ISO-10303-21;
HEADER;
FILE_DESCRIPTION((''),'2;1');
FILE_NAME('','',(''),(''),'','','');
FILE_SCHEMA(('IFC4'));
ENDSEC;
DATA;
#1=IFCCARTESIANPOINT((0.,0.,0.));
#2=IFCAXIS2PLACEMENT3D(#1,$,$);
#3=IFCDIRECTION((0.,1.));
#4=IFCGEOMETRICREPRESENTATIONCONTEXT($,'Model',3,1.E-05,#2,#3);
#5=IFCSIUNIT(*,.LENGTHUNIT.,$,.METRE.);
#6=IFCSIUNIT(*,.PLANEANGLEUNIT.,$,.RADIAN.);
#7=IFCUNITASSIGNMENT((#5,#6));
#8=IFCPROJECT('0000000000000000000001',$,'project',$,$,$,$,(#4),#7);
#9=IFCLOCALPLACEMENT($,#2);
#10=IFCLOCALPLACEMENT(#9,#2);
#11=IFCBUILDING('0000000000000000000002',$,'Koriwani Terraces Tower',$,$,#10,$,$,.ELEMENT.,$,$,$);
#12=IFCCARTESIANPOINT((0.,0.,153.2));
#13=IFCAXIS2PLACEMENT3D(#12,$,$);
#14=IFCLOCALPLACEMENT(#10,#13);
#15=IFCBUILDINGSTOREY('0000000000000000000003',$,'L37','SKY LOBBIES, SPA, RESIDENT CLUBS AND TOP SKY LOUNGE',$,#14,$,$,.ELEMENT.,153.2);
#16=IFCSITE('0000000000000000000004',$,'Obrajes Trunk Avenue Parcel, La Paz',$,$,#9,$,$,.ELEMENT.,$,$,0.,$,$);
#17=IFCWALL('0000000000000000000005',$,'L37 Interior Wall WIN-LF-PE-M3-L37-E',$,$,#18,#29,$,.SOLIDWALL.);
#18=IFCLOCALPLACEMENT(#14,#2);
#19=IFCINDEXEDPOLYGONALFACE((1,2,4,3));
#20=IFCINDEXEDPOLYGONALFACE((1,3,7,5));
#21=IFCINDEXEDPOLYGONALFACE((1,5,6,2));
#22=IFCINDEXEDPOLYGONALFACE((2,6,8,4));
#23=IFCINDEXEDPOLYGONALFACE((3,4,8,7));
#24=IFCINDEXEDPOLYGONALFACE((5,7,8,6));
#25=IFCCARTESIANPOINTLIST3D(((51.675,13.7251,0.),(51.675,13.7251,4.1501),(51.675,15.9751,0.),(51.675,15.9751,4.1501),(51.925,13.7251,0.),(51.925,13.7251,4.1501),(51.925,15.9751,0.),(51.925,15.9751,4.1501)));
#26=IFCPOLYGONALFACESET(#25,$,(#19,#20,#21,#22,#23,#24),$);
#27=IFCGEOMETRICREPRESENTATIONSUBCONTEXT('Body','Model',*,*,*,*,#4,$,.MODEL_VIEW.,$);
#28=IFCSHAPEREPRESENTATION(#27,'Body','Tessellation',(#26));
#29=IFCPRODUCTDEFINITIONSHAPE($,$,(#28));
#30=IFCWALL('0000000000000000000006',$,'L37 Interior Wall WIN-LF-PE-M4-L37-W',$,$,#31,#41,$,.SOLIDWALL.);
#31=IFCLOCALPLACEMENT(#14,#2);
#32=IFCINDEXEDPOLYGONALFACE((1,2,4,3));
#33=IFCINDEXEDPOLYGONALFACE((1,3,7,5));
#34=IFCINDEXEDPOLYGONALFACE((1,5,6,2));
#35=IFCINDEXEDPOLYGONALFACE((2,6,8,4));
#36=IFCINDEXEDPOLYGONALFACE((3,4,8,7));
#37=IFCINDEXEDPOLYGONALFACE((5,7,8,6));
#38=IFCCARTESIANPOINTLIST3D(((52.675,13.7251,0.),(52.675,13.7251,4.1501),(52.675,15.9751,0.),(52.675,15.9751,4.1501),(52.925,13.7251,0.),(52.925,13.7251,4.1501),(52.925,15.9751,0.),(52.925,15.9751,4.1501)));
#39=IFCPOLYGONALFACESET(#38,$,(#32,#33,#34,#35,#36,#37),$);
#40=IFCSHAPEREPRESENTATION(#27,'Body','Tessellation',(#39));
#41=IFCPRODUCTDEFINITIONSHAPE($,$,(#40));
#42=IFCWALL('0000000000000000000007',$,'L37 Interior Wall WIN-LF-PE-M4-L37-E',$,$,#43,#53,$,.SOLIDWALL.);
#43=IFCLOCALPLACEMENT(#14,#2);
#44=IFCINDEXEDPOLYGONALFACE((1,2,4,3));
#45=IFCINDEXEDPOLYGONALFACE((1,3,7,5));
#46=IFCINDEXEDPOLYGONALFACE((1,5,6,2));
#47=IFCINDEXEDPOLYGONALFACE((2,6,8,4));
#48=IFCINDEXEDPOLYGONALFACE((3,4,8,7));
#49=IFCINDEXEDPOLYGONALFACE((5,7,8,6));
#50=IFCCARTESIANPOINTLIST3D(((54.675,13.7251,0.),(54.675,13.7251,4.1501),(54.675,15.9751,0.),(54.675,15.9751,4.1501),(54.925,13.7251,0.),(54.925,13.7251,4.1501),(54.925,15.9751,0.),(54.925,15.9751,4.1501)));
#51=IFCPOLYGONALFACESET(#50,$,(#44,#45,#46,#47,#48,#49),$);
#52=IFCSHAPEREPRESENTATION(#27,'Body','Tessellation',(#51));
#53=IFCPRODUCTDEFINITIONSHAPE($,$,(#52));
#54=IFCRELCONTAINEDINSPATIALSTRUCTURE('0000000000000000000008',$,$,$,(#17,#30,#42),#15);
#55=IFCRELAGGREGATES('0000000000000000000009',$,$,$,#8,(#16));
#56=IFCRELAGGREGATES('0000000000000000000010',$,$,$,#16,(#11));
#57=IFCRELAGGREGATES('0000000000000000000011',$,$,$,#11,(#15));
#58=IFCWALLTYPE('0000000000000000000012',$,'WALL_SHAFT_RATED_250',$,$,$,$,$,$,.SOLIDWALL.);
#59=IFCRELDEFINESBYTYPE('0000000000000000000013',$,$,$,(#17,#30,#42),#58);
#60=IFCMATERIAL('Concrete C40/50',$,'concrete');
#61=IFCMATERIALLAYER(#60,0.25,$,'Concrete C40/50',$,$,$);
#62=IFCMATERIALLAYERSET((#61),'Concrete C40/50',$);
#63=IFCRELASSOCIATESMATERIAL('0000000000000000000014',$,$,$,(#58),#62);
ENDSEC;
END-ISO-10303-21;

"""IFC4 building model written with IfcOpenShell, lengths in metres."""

from ifc_helpers import new_model, si_unit, direction, frame, frame_2d, origin, place, context, subcontext, project, spatial, rectangle, extrude, material, layer, layer_set, type_object, element, save


model = new_model("IFC4")

# Units and contexts
model_context = context("Model", 3, precision=1e-05, world=origin(), true_north=direction((0.0, 1.0)))
body_context = subcontext(model_context, "Body", "Model", "MODEL_VIEW")
ifc_project = project(units=[si_unit("LENGTHUNIT", "METRE"), si_unit("PLANEANGLEUNIT", "RADIAN")], contexts=[model_context])

# Site, building, storey
site_placement = place(None, origin())
site = spatial("IfcSite", under=ifc_project, at=site_placement, Name="Obrajes Trunk Avenue Parcel, La Paz", CompositionType="ELEMENT", RefElevation=0.0)
building_placement = place(site_placement, origin())
building = spatial("IfcBuilding", under=site, at=building_placement, Name="Koriwani Terraces Tower", CompositionType="ELEMENT")
storey_placement = place(building_placement, frame((0.0, 0.0, 153.2)))
storey = spatial("IfcBuildingStorey", under=building, at=storey_placement, Name="L37", Description="SKY LOBBIES, SPA, RESIDENT CLUBS AND TOP SKY LOUNGE", CompositionType="ELEMENT", Elevation=153.2)

# Shared definitions
ifc_material_1 = material(Name="Concrete C40/50", Category="concrete")

# Wall
ifc_layer_1 = layer(ifc_material_1, 0.25, Name="Concrete C40/50")
ifc_layer_set_1 = layer_set([ifc_layer_1], Name="Concrete C40/50")
wall_type_1 = type_object("IfcWallType", Name="WALL_SHAFT_RATED_250", PredefinedType="SOLIDWALL", material=ifc_layer_set_1)
wall_1_placement = place(storey_placement, frame((51.8, 13.7251, 0.0), z_axis=(0.0, 0.0, 1.0), x_axis=(0.0, 1.0, 0.0)))
element("IfcWall", 1, at=wall_1_placement, inside=storey, type_object=wall_type_1, Name="L37 Interior Wall WIN-LF-PE-M3-L37-E", PredefinedType="SOLIDWALL", context=body_context, shape_type="SweptSolid", body=[
    extrude(rectangle(XDim=2.25, YDim=0.25, at=frame_2d((1.125, 0.0))), origin(), (0.0, 0.0, 1.0), 4.1501),
])

# Walls
for number, where, z_axis, x_axis, name in (
    (2, (52.8, 13.7251, 0.0), (0.0, 0.0, 1.0), (0.0, 1.0, 0.0), "L37 Interior Wall WIN-LF-PE-M4-L37-W"),
    (3, (54.8, 13.7251, 0.0), (0.0, 0.0, 1.0), (0.0, 1.0, 0.0), "L37 Interior Wall WIN-LF-PE-M4-L37-E"),
):
    element("IfcWall", number, at=place(storey_placement, frame(where, z_axis=z_axis, x_axis=x_axis)), inside=storey, type_object=wall_type_1, Name=name, PredefinedType="SOLIDWALL", context=body_context, shape_type="SweptSolid", body=[
        extrude(rectangle(XDim=2.25, YDim=0.25, at=frame_2d((1.125, 0.0))), origin(), (0.0, 0.0, 1.0), 4.1501),
    ])

save(model, "model.ifc")
